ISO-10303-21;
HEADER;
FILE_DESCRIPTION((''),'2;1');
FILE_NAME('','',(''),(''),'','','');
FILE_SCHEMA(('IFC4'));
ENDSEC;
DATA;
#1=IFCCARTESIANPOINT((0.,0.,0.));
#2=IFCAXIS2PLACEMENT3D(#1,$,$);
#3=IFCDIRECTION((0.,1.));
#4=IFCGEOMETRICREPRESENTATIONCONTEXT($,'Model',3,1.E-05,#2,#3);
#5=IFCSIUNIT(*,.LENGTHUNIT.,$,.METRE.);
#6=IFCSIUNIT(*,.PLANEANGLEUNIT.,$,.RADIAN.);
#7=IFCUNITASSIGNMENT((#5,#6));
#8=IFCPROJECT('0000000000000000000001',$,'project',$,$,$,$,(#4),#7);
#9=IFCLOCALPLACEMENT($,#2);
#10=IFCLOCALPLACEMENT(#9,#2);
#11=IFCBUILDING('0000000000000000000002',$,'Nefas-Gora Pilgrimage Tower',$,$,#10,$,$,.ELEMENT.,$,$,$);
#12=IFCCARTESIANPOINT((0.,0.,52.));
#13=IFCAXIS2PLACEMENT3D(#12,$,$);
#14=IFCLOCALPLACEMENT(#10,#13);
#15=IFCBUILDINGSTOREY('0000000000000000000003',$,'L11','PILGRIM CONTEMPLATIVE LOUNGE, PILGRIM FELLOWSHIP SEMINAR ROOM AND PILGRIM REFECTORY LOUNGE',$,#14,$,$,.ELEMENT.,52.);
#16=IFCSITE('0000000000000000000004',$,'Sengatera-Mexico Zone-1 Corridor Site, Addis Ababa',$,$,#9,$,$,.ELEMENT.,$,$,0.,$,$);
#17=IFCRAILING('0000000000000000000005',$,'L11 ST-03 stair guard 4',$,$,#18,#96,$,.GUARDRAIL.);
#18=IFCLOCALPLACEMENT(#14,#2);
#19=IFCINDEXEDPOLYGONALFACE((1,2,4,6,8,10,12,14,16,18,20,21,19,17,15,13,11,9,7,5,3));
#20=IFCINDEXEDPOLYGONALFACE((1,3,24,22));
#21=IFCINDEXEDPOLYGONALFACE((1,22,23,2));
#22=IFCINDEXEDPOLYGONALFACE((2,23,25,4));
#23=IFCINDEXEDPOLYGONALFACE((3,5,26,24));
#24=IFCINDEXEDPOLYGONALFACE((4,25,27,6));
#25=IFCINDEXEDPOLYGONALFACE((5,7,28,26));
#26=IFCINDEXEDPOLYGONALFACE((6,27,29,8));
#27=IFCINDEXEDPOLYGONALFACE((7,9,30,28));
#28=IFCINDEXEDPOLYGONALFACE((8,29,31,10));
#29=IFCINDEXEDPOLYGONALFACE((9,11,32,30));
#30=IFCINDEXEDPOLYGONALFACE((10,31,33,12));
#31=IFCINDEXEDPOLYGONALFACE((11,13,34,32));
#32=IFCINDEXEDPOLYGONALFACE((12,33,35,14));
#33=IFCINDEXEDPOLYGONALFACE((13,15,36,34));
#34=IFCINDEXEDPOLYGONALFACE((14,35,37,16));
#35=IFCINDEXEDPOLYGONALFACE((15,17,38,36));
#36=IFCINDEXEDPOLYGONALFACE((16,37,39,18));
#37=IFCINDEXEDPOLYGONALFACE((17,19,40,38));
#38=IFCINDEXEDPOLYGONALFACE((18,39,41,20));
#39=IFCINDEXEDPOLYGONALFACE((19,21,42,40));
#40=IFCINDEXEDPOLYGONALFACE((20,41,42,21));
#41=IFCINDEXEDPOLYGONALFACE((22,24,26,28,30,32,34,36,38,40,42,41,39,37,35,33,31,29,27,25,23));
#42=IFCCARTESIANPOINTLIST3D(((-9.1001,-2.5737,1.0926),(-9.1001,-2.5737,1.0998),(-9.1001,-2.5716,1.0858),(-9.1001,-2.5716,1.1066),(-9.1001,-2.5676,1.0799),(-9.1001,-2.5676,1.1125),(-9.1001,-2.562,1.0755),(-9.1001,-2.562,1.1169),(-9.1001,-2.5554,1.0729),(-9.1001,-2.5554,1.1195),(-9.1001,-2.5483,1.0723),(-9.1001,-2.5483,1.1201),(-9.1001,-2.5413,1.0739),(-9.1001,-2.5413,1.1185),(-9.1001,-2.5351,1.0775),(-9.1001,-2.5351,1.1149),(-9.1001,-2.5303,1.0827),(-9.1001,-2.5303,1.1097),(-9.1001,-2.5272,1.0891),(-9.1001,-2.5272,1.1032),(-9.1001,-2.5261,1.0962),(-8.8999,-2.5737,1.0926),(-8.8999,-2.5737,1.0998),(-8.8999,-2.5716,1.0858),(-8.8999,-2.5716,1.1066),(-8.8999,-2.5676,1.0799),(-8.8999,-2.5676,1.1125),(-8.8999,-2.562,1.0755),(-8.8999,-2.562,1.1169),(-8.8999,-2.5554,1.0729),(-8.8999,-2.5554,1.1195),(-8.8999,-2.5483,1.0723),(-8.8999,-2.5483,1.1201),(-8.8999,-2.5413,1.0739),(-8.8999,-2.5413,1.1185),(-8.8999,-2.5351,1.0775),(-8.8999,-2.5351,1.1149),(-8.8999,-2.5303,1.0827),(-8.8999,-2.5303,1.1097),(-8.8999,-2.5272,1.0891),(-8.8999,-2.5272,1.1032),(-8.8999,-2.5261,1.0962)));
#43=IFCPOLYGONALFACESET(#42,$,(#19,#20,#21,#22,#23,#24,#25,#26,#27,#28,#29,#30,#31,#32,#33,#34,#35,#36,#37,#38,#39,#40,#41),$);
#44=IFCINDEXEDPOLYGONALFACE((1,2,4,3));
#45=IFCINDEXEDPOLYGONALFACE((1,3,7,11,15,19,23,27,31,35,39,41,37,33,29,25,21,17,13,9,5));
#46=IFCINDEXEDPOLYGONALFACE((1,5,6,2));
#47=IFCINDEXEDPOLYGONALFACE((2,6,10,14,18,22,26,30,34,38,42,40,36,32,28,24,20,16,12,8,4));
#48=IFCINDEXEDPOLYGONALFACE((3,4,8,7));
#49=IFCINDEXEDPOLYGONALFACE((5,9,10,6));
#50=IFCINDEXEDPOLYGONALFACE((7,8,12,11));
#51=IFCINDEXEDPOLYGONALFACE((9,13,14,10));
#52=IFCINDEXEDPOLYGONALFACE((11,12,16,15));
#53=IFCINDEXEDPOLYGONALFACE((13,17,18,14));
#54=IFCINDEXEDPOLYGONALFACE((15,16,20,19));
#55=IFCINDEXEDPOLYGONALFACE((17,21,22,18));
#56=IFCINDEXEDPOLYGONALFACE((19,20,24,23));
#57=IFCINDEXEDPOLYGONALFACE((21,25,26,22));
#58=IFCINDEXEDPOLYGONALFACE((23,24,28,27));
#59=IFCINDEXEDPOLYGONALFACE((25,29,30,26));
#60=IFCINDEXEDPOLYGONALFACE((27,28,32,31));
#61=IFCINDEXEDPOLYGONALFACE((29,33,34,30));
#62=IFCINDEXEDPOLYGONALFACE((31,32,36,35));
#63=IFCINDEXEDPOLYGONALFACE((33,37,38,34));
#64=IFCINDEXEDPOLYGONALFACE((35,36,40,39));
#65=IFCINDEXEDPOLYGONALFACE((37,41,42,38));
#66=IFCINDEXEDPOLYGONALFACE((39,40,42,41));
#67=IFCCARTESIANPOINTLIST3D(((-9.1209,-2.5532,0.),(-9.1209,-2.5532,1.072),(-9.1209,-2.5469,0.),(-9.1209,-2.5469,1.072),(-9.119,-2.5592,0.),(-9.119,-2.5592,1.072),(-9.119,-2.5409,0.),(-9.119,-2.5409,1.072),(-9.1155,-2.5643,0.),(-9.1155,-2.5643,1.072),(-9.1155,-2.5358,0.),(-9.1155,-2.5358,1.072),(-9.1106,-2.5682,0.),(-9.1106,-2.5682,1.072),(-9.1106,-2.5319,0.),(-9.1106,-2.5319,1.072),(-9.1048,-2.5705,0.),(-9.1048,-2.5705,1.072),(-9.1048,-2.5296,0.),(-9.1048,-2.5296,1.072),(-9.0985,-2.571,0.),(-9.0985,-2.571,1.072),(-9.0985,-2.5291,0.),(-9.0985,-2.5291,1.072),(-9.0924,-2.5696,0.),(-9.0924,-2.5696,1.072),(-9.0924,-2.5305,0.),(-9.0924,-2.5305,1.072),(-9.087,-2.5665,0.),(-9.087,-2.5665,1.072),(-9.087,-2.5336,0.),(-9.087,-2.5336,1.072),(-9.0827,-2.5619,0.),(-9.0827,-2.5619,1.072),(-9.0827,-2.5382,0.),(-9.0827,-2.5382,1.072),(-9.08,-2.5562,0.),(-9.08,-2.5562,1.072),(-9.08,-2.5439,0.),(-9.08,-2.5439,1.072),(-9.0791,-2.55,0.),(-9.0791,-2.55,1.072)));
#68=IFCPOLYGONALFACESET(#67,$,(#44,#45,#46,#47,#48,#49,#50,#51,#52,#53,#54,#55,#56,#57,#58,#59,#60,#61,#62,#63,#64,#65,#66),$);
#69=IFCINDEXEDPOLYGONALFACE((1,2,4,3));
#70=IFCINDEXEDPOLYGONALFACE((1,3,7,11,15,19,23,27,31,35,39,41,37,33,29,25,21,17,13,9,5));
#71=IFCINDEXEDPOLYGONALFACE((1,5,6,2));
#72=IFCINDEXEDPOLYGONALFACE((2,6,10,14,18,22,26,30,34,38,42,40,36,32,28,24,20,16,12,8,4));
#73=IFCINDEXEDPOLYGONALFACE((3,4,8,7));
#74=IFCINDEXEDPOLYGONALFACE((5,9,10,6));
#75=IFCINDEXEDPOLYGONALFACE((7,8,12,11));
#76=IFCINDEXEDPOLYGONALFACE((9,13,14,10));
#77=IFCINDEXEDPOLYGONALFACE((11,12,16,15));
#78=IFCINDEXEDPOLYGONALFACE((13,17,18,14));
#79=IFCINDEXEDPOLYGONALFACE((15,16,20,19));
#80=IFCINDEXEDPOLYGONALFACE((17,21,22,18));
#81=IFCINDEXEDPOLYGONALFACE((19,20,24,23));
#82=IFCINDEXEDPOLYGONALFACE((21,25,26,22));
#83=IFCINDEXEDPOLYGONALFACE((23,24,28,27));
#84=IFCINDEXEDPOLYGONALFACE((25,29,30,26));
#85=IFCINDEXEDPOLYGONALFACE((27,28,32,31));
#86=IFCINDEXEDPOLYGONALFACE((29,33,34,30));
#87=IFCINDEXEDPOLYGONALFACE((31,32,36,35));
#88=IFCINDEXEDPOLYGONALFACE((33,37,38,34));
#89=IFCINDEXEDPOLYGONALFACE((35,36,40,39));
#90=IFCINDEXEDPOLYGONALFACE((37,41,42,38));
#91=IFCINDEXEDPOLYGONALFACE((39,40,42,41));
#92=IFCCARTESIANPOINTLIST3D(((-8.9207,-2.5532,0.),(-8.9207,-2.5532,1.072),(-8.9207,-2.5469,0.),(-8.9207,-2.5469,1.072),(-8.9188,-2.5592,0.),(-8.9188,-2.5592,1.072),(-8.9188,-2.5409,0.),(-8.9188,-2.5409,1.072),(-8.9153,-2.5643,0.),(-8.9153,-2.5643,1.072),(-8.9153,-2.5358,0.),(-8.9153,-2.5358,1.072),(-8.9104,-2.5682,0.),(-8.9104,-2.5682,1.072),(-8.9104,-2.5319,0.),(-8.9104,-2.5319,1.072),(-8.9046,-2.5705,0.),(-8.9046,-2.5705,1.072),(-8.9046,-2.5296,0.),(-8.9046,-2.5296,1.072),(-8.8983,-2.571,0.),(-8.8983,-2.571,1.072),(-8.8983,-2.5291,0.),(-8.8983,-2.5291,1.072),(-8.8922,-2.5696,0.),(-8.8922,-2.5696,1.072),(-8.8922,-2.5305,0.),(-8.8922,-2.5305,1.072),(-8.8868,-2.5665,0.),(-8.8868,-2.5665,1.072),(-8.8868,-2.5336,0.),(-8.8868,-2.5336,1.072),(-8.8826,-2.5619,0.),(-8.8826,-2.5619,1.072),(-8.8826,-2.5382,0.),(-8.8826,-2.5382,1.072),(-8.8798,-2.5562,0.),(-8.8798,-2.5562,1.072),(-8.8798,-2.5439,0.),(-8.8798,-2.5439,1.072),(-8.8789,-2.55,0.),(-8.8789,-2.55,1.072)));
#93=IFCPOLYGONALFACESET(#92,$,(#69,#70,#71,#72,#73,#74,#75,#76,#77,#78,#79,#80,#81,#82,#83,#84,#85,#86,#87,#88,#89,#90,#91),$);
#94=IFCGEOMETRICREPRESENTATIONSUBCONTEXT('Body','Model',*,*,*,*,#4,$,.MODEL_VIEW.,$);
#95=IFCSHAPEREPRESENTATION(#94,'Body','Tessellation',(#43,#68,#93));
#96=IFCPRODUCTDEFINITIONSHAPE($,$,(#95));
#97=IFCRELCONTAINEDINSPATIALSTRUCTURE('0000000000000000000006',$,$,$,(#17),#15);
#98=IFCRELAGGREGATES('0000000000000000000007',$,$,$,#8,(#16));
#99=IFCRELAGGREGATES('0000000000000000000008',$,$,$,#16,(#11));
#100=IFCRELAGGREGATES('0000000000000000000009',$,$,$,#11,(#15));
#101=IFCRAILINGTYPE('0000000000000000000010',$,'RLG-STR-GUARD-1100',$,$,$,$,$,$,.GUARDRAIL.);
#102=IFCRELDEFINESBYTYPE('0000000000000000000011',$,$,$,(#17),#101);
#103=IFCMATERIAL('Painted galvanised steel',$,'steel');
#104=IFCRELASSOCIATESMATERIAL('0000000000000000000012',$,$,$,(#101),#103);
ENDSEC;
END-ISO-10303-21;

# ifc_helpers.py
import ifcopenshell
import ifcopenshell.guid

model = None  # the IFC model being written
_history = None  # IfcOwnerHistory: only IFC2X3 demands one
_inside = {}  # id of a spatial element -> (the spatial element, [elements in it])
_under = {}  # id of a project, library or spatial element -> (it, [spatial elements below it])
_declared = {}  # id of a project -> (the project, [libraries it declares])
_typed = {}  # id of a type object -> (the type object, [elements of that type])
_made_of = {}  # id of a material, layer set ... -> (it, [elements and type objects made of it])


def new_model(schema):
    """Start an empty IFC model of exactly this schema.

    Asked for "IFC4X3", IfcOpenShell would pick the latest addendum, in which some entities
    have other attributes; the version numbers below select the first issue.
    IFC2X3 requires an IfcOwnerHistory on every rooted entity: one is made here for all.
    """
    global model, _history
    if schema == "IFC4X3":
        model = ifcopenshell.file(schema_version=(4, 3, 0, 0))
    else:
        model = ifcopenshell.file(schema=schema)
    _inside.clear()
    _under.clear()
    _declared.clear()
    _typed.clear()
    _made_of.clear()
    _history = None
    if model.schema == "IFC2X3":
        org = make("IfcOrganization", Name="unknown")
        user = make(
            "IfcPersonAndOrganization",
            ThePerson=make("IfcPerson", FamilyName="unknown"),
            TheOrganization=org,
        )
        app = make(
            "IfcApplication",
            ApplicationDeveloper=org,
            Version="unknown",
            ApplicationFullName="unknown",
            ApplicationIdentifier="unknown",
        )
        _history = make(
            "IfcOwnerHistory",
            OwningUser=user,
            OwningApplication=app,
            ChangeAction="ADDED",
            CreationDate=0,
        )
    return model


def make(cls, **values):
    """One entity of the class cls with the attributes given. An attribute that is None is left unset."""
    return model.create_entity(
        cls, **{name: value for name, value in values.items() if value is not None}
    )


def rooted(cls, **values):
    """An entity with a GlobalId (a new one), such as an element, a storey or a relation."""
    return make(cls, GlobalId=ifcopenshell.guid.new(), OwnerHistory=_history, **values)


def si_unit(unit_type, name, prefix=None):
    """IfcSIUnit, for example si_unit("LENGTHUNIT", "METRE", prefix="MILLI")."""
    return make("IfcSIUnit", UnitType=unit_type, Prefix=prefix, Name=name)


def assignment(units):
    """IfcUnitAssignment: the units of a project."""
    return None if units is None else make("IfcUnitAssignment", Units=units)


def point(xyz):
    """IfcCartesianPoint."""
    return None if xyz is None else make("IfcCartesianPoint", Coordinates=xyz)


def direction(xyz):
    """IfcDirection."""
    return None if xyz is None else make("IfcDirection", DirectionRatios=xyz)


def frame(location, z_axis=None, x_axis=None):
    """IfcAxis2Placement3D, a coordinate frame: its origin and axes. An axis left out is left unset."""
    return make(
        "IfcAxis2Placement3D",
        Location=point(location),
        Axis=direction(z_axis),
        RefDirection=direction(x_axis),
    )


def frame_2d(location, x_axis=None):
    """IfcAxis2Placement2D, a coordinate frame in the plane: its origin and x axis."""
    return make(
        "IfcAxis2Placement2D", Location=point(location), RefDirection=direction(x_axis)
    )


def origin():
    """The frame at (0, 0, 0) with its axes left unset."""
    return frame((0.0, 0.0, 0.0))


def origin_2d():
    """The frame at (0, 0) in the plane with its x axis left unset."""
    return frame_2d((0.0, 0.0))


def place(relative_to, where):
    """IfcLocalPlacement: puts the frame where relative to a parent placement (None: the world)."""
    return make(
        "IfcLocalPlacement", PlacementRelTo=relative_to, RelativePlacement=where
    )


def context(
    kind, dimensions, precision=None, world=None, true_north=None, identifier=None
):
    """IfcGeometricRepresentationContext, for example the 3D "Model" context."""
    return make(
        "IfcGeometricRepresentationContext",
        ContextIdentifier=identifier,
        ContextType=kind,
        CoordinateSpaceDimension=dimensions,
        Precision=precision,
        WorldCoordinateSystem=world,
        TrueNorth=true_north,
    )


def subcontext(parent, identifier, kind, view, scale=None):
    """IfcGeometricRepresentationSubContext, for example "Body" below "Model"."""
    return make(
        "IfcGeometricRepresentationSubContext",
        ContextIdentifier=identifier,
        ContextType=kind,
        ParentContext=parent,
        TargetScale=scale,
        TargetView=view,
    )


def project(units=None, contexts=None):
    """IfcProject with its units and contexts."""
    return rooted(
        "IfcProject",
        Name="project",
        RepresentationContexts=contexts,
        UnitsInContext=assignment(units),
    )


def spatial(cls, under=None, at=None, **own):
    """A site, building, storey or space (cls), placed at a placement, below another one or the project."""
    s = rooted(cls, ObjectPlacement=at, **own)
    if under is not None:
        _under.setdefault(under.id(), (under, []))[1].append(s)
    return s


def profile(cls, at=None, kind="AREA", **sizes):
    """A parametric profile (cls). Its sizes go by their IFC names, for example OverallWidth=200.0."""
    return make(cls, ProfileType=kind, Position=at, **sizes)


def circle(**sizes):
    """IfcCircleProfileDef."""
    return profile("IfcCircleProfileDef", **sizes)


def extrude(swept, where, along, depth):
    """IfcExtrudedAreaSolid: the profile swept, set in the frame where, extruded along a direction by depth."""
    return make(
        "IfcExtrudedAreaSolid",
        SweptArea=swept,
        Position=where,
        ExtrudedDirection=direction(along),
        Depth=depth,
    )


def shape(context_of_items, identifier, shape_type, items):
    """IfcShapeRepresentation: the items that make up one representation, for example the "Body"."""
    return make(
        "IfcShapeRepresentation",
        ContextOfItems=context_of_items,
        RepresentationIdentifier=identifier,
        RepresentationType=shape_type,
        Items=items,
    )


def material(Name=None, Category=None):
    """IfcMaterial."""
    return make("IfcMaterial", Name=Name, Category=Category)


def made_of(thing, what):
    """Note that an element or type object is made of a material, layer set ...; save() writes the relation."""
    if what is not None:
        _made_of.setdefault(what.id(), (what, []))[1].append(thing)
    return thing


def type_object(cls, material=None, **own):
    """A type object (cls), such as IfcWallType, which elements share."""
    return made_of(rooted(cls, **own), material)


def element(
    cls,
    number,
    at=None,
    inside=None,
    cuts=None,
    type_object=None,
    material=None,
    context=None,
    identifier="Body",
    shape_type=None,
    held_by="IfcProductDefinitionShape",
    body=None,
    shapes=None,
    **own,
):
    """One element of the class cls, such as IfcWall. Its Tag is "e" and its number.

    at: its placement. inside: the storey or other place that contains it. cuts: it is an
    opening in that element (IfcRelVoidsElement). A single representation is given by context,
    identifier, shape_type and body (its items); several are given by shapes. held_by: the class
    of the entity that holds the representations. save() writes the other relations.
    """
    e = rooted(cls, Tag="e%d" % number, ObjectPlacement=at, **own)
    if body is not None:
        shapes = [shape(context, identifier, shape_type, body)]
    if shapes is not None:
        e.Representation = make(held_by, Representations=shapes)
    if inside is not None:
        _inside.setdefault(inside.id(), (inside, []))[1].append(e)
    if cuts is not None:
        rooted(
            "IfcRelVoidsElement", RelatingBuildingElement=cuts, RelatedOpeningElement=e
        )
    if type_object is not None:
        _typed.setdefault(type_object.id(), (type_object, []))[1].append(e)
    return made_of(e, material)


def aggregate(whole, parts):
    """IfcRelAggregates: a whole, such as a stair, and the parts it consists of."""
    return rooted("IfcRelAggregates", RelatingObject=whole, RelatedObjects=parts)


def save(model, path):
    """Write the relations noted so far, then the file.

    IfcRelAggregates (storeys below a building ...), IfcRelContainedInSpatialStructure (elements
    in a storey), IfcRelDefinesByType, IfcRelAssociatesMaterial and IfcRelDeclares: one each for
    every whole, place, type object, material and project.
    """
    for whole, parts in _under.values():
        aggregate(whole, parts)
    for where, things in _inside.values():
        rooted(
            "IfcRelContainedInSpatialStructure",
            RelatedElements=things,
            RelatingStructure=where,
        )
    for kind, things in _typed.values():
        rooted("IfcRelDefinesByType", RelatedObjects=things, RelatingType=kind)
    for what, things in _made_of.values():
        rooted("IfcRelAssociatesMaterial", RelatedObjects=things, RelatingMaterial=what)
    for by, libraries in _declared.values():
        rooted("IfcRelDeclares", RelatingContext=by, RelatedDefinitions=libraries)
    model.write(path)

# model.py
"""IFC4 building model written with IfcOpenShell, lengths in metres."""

from ifc_helpers import new_model, si_unit, direction, frame, origin, origin_2d, place, context, subcontext, project, spatial, circle, extrude, material, type_object, element, save


model = new_model("IFC4")

# Units and contexts
model_context = context("Model", 3, precision=1e-05, world=origin(), true_north=direction((0.0, 1.0)))
body_context = subcontext(model_context, "Body", "Model", "MODEL_VIEW")
ifc_project = project(units=[si_unit("LENGTHUNIT", "METRE"), si_unit("PLANEANGLEUNIT", "RADIAN")], contexts=[model_context])

# Site, building, storey
site_placement = place(None, origin())
site = spatial("IfcSite", under=ifc_project, at=site_placement, Name="Sengatera-Mexico Zone-1 Corridor Site, Addis Ababa", CompositionType="ELEMENT", RefElevation=0.0)
building_placement = place(site_placement, origin())
building = spatial("IfcBuilding", under=site, at=building_placement, Name="Nefas-Gora Pilgrimage Tower", CompositionType="ELEMENT")
storey_placement = place(building_placement, frame((0.0, 0.0, 52.0)))
storey = spatial("IfcBuildingStorey", under=building, at=storey_placement, Name="L11", Description="PILGRIM CONTEMPLATIVE LOUNGE, PILGRIM FELLOWSHIP SEMINAR ROOM AND PILGRIM REFECTORY LOUNGE", CompositionType="ELEMENT", Elevation=52.0)

# Railing
ifc_material_1 = material(Name="Painted galvanised steel", Category="steel")
railing_type_1 = type_object("IfcRailingType", Name="RLG-STR-GUARD-1100", PredefinedType="GUARDRAIL", material=ifc_material_1)
railing_1_placement = place(storey_placement, frame((-9.1001, -2.55, 0.0)))
element("IfcRailing", 1, at=railing_1_placement, inside=storey, type_object=railing_type_1, Name="L11 ST-03 stair guard 4", PredefinedType="GUARDRAIL", context=body_context, shape_type="SweptSolid", body=[
    extrude(circle(Radius=0.0239, at=origin_2d()), frame((0.0, 0.0, 1.0962), z_axis=(1.0, 0.0, 0.0), x_axis=(0.0, 1.0, 0.0)), (0.0, 0.0, 1.0), 0.2002),
    extrude(circle(Radius=0.021, at=origin_2d()), origin(), (0.0, 0.0, 1.0), 1.072),
    extrude(circle(Radius=0.021, at=origin_2d()), frame((0.2002, 0.0, 0.0)), (0.0, 0.0, 1.0), 1.072),
])

save(model, "model.ifc")
